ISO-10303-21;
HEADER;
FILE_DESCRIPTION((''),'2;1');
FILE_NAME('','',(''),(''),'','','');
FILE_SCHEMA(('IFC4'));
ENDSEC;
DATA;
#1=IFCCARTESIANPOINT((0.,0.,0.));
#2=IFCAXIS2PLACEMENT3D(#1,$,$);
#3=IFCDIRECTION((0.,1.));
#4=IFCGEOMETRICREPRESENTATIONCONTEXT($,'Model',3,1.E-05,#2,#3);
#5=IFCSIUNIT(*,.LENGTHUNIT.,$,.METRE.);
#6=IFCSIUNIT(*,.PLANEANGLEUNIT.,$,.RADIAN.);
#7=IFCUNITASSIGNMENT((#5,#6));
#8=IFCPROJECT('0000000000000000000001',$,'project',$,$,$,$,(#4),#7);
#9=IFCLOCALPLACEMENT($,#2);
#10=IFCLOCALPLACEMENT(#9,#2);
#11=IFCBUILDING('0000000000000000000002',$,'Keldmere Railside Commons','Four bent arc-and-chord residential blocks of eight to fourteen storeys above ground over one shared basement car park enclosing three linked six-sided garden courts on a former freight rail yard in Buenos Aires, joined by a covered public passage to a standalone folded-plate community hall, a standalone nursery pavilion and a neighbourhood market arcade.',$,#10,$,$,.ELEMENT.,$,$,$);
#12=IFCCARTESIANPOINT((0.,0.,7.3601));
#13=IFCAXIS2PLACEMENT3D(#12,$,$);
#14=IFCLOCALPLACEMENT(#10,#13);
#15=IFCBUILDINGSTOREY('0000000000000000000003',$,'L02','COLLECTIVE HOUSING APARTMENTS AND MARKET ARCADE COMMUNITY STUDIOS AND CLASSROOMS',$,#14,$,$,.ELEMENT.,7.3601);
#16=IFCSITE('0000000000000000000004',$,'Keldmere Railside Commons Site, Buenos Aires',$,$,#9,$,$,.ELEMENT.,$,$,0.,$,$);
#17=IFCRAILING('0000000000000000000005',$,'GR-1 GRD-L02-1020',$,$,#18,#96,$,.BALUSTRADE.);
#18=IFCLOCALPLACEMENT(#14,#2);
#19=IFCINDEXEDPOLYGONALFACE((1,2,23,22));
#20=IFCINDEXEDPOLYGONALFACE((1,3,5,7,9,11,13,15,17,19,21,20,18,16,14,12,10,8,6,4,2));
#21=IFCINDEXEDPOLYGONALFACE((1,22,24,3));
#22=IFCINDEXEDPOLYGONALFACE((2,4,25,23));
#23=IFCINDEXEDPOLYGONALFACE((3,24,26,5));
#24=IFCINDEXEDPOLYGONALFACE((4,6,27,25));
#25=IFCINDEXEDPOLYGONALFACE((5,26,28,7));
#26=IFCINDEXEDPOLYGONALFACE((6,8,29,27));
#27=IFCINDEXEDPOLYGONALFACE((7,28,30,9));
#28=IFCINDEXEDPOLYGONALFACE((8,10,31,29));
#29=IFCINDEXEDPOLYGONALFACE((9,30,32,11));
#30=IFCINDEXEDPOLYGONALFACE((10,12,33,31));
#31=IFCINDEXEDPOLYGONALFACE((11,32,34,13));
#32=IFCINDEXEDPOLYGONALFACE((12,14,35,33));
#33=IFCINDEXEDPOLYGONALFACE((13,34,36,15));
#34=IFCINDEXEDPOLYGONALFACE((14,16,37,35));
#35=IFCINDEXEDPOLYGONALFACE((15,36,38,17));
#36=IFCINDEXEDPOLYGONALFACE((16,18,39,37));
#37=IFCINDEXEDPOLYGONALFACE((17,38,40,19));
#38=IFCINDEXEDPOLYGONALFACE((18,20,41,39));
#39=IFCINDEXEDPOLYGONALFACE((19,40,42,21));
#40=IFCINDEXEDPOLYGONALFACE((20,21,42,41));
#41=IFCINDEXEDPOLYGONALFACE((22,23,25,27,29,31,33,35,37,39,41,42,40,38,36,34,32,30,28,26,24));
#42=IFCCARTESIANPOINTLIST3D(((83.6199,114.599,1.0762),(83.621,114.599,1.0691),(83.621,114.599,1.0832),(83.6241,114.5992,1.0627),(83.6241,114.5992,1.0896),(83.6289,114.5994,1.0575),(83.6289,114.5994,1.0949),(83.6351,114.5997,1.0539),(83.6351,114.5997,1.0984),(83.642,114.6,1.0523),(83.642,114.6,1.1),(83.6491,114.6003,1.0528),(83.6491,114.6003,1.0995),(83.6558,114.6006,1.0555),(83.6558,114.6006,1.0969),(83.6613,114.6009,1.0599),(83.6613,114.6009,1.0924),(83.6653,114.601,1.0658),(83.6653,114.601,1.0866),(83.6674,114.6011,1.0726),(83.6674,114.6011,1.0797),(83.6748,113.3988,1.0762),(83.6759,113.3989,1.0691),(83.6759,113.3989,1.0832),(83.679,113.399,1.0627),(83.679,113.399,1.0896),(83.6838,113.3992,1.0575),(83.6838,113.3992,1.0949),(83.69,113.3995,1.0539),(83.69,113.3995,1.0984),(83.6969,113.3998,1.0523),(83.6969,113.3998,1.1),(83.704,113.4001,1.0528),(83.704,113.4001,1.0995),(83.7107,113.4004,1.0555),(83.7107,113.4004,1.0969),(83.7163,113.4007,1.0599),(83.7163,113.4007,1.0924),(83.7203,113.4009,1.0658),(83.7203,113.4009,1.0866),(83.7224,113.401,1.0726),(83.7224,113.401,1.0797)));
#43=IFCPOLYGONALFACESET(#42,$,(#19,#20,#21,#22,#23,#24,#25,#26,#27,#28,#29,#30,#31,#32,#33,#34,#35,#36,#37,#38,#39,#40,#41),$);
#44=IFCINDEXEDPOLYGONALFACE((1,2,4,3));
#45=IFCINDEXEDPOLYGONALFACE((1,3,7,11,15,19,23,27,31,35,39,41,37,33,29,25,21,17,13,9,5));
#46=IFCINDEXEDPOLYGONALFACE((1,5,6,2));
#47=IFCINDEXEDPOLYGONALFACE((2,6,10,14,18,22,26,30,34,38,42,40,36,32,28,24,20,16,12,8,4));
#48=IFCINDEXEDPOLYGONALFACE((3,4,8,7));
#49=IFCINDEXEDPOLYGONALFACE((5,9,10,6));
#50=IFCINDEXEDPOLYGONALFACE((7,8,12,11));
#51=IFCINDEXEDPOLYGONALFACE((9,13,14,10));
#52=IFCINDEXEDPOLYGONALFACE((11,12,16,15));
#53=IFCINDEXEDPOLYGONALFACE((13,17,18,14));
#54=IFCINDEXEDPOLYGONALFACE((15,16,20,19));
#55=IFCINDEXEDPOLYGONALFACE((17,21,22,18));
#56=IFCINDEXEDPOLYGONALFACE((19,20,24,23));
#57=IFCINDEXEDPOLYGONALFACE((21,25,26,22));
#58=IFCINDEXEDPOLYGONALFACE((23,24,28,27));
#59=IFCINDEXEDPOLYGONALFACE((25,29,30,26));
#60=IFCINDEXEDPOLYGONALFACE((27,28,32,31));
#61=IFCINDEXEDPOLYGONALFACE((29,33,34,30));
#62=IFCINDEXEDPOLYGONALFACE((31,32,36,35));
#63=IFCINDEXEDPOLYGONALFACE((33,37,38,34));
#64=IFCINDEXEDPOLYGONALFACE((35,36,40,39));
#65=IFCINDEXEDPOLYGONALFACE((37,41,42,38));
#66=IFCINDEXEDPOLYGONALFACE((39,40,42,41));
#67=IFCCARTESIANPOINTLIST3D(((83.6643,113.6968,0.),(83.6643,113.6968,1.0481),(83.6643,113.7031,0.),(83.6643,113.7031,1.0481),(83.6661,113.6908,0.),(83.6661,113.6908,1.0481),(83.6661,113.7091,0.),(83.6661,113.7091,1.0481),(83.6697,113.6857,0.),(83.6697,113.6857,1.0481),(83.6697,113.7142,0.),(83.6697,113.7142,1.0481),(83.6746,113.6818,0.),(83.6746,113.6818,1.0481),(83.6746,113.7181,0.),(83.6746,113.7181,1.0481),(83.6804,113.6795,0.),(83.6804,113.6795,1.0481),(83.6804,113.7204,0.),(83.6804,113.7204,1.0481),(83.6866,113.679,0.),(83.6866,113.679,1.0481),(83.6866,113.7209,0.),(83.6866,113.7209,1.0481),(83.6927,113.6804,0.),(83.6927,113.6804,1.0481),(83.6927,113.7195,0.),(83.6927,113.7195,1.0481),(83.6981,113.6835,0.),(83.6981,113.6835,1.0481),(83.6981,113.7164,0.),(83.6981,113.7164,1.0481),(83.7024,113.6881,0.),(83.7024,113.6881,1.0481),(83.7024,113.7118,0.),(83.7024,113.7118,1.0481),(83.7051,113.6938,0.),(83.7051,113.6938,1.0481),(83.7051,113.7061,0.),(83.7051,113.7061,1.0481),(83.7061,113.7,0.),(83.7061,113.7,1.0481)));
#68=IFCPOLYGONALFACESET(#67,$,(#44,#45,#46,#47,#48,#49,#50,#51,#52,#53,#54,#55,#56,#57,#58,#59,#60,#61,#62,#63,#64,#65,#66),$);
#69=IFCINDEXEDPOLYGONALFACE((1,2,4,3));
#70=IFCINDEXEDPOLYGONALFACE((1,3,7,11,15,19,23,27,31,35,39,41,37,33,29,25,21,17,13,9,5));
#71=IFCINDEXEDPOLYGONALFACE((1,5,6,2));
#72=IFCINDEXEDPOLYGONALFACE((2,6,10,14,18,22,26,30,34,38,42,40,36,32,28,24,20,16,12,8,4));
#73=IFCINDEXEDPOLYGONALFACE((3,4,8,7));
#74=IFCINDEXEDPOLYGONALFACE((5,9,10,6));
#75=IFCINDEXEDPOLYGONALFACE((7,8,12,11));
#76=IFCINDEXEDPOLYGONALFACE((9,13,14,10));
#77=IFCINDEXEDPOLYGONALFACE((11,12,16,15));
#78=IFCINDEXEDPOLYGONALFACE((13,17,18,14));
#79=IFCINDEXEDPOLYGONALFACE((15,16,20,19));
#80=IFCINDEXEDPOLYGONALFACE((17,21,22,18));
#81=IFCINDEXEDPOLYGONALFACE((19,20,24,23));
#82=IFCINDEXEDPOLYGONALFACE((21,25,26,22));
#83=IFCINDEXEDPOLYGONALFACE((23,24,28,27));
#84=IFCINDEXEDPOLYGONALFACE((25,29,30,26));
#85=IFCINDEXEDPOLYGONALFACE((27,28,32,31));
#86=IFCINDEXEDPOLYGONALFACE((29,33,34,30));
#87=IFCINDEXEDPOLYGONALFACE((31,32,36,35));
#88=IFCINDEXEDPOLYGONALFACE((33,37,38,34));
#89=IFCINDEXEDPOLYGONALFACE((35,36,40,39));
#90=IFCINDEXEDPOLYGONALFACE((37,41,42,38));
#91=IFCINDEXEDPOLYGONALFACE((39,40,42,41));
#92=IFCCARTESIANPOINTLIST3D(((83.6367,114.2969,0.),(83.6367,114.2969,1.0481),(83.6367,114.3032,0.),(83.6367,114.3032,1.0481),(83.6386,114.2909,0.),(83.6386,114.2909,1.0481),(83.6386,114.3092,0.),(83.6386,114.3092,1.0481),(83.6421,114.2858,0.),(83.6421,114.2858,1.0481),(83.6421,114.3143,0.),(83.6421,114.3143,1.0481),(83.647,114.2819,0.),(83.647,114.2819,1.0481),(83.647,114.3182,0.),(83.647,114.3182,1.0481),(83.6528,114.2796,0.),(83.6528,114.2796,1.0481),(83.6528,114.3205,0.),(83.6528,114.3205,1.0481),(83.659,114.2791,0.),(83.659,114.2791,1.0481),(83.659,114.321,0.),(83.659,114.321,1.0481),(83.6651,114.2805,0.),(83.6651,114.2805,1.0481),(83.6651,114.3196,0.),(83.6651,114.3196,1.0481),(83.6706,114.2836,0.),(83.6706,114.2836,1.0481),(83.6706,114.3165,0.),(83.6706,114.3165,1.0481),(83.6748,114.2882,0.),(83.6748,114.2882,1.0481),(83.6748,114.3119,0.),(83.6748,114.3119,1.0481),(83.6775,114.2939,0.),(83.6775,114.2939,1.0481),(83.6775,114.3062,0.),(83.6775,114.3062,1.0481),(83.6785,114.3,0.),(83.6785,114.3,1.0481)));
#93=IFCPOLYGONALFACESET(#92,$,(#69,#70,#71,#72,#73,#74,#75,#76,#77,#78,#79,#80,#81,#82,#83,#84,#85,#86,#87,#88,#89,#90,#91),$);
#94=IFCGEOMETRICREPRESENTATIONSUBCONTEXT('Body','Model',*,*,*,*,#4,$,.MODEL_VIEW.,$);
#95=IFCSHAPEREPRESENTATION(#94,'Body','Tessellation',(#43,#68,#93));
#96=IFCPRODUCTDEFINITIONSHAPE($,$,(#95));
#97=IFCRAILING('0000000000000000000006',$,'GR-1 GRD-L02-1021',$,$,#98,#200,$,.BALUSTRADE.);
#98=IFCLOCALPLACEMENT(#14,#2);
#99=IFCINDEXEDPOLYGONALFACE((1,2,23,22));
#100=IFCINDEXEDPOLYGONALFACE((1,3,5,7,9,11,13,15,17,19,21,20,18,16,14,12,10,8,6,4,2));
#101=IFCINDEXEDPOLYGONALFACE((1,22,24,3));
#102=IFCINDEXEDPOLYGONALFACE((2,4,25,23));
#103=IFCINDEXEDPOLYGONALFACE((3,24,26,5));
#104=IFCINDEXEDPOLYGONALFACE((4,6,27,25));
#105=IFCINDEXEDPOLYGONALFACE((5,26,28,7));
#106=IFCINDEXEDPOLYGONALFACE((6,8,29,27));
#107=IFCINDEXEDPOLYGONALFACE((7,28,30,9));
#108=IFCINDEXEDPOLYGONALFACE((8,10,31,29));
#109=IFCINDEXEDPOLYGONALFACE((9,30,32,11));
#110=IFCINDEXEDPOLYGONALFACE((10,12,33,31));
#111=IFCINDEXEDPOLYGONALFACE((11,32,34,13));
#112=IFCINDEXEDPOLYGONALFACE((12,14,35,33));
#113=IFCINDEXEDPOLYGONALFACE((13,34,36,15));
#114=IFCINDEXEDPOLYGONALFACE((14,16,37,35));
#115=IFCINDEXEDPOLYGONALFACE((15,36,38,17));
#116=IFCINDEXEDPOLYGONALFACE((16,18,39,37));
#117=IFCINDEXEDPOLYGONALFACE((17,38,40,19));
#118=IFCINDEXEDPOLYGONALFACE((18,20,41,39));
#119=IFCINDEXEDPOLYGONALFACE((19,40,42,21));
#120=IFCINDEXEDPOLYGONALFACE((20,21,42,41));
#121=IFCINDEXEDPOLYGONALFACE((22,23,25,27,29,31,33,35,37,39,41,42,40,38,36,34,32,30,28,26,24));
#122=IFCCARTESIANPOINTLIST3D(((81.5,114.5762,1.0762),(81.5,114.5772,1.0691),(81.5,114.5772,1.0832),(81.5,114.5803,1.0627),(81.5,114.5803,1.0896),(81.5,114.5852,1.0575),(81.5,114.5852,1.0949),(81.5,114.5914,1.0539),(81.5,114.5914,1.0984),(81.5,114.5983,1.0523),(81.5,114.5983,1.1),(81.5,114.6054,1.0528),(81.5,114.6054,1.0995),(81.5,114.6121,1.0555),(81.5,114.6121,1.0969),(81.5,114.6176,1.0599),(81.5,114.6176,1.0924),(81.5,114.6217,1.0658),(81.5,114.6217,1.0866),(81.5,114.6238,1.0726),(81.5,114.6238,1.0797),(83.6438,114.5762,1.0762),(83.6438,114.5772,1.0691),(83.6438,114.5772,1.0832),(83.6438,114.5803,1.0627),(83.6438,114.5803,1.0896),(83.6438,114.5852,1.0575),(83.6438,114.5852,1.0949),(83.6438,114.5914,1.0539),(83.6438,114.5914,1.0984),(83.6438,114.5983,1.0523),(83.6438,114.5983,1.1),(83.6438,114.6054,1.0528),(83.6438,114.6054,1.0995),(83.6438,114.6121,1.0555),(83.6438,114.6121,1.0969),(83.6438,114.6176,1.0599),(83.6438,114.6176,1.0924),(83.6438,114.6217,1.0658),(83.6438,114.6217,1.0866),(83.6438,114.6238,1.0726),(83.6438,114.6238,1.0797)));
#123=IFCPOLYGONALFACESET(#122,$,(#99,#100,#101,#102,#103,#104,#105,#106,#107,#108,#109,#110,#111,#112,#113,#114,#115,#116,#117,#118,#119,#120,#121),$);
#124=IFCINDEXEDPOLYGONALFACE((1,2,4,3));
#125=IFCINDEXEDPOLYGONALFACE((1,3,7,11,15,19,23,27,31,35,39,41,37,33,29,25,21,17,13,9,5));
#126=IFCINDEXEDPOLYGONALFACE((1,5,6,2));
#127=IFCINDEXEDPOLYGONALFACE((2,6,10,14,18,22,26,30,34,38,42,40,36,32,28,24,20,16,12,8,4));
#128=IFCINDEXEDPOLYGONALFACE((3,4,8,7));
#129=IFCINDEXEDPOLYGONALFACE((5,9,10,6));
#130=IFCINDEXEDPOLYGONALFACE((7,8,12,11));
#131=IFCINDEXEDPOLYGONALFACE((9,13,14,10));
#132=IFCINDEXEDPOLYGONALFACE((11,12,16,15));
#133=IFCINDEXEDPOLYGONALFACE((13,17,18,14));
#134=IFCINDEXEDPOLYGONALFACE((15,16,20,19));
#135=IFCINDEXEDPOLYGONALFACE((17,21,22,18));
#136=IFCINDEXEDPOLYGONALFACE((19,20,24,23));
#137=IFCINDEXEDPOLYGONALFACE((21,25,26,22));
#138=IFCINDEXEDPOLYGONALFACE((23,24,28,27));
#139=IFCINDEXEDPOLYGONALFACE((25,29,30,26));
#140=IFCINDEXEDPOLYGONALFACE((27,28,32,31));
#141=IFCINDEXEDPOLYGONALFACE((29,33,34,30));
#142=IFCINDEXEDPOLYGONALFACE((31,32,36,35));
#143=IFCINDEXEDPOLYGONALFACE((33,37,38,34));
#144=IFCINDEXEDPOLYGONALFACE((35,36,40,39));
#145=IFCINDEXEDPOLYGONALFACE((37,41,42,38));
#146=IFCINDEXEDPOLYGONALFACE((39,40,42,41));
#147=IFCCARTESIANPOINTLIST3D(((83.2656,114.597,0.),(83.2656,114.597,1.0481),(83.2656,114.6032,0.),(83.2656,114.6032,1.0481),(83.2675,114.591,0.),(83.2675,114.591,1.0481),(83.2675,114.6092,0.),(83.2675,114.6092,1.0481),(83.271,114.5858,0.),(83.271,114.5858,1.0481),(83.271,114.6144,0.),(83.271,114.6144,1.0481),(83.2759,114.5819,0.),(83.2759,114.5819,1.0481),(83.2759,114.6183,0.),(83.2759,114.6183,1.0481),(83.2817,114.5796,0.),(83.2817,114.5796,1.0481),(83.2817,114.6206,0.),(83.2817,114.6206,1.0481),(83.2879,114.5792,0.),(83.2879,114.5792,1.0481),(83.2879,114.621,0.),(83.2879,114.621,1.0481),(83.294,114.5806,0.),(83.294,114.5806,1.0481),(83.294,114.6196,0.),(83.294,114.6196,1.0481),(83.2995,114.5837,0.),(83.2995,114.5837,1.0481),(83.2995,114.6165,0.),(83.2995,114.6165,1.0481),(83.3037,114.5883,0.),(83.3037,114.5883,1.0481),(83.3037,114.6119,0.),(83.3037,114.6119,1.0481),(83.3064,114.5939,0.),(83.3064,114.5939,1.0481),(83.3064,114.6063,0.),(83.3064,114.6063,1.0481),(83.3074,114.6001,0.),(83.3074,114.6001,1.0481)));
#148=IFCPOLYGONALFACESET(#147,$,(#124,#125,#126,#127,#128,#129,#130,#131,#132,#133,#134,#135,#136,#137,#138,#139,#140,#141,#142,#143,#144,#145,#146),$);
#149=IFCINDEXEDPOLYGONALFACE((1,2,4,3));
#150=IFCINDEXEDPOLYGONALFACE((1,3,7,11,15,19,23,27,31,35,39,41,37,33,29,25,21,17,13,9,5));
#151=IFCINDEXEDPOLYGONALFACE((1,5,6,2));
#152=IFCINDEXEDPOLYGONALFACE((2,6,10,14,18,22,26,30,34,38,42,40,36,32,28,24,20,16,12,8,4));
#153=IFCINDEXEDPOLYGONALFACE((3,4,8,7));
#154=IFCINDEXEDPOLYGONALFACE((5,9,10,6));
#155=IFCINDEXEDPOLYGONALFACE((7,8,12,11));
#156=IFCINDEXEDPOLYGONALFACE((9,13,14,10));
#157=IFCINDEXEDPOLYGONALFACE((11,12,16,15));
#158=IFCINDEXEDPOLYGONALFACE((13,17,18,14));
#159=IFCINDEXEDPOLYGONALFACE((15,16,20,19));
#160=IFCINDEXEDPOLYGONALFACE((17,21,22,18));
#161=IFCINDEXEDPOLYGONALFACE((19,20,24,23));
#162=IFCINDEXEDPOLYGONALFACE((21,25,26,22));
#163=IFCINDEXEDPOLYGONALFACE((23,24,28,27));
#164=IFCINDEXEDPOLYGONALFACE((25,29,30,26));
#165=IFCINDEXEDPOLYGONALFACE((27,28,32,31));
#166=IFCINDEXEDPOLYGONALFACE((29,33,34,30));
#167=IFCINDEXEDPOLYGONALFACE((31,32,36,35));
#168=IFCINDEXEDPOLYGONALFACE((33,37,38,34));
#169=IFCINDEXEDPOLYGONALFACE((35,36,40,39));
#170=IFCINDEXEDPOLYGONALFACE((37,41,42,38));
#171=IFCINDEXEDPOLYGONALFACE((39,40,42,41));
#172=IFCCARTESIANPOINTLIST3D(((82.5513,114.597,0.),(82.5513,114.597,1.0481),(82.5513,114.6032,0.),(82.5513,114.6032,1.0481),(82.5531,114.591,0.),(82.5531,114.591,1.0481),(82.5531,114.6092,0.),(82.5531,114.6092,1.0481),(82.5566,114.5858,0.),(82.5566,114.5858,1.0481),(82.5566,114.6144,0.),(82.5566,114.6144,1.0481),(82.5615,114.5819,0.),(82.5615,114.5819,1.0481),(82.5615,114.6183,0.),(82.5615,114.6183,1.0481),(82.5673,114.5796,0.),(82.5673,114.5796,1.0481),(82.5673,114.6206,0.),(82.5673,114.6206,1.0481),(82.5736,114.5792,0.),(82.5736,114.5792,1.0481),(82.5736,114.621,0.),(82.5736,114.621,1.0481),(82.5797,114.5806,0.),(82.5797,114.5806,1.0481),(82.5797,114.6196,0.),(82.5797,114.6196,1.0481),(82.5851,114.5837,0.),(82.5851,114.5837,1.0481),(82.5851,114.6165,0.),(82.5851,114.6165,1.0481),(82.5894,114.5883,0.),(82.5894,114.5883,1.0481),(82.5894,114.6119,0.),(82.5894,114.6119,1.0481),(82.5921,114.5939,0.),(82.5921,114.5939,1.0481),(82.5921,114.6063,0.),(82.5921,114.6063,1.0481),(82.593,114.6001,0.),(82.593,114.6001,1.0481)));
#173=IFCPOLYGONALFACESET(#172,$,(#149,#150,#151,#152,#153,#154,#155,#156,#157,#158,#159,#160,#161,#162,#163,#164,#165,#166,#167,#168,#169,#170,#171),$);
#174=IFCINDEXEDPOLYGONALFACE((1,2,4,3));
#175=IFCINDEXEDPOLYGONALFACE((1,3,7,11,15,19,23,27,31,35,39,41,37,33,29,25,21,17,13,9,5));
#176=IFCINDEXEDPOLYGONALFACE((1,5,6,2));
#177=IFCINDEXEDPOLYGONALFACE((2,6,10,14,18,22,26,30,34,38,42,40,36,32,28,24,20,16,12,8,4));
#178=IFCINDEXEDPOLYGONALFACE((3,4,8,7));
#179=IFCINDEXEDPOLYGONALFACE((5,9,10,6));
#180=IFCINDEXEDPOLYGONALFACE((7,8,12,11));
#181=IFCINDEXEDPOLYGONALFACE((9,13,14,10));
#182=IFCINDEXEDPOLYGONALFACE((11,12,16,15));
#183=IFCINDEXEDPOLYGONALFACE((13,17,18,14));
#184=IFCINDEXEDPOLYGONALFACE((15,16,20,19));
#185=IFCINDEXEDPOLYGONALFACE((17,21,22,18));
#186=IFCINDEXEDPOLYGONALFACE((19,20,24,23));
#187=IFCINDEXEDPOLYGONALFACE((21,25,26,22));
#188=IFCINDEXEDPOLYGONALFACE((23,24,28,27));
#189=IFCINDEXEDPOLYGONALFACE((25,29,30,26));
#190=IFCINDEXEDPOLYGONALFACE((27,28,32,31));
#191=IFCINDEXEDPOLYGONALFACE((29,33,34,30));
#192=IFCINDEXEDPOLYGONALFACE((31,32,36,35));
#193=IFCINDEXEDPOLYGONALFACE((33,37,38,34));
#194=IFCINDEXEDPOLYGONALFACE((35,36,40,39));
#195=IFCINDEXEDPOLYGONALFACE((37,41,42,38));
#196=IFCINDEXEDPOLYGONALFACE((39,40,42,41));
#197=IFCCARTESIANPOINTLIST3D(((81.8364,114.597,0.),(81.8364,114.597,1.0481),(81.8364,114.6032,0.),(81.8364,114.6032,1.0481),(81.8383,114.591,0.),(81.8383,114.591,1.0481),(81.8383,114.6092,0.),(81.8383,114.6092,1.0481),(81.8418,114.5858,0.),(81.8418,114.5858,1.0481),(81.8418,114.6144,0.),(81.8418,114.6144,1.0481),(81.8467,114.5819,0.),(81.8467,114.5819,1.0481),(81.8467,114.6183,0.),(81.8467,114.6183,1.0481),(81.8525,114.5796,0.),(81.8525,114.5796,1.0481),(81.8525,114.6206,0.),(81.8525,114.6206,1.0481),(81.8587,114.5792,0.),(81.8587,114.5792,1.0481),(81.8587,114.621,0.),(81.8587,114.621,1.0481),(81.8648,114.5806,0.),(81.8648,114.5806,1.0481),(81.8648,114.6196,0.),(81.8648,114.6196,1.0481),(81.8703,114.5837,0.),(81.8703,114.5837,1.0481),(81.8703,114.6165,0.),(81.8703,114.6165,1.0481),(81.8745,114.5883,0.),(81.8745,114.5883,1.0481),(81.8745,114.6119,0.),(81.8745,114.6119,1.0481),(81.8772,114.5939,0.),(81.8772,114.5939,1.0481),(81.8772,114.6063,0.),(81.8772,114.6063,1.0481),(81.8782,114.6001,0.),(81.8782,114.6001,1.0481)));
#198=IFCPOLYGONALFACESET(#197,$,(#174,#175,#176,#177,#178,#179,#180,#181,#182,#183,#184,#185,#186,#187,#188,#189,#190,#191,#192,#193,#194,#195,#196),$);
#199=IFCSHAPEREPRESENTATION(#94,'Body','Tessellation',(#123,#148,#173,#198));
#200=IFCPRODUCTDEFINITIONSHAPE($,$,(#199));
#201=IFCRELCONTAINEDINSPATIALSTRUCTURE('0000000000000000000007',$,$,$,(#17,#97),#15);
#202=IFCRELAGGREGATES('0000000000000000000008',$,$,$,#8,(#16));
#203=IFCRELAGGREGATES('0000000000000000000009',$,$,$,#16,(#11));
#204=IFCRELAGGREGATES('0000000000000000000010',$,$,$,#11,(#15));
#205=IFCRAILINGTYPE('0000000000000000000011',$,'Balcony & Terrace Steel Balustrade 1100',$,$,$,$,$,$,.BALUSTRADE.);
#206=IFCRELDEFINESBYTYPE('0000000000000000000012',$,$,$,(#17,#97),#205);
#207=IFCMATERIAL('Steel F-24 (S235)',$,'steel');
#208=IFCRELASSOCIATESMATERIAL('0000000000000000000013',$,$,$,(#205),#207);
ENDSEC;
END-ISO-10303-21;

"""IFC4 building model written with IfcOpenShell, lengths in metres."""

from ifc_helpers import new_model, si_unit, direction, frame, origin, origin_2d, place, context, subcontext, project, spatial, circle, extrude, material, type_object, element, save


model = new_model("IFC4")

# Units and contexts
model_context = context("Model", 3, precision=1e-05, world=origin(), true_north=direction((0.0, 1.0)))
body_context = subcontext(model_context, "Body", "Model", "MODEL_VIEW")
ifc_project = project(units=[si_unit("LENGTHUNIT", "METRE"), si_unit("PLANEANGLEUNIT", "RADIAN")], contexts=[model_context])

# Site, building, storey
site_placement = place(None, origin())
site = spatial("IfcSite", under=ifc_project, at=site_placement, Name="Keldmere Railside Commons Site, Buenos Aires", CompositionType="ELEMENT", RefElevation=0.0)
building_placement = place(site_placement, origin())
building = spatial("IfcBuilding", under=site, at=building_placement, Name="Keldmere Railside Commons", Description="Four bent arc-and-chord residential blocks of eight to fourteen storeys above ground over one shared basement car park enclosing three linked six-sided garden courts on a former freight rail yard in Buenos Aires, joined by a covered public passage to a standalone folded-plate community hall, a standalone nursery pavilion and a neighbourhood market arcade.", CompositionType="ELEMENT")
storey_placement = place(building_placement, frame((0.0, 0.0, 7.3601)))
storey = spatial("IfcBuildingStorey", under=building, at=storey_placement, Name="L02", Description="COLLECTIVE HOUSING APARTMENTS AND MARKET ARCADE COMMUNITY STUDIOS AND CLASSROOMS", CompositionType="ELEMENT", Elevation=7.3601)

# Railings
ifc_material_1 = material(Name="Steel F-24 (S235)", Category="steel")
railing_type = type_object("IfcRailingType", Name="Balcony & Terrace Steel Balustrade 1100", PredefinedType="BALUSTRADE", material=ifc_material_1)
railing_1_placement = place(storey_placement, frame((83.6987, 113.3999, 0.0)))
element("IfcRailing", 1, at=railing_1_placement, inside=storey, type_object=railing_type, Name="GR-1 GRD-L02-1020", PredefinedType="BALUSTRADE", context=body_context, shape_type="SweptSolid", body=[
    extrude(circle(Radius=0.0239, at=origin_2d()), frame((0.0, 0.0, 1.0762), z_axis=(-0.045721, 0.998954, 0.0), x_axis=(-0.998954, -0.045721, 0.0)), (0.0, 0.0, 1.0), 1.2014),
    extrude(circle(Radius=0.021, at=origin_2d()), frame((-0.0137, 0.3, 0.0)), (0.0, 0.0, 1.0), 1.0481),
    extrude(circle(Radius=0.021, at=origin_2d()), frame((-0.0413, 0.9001, 0.0)), (0.0, 0.0, 1.0), 1.0481),
])
railing_2_placement = place(storey_placement, frame((83.6438, 114.6001, 0.0)))
element("IfcRailing", 2, at=railing_2_placement, inside=storey, type_object=railing_type, Name="GR-1 GRD-L02-1021", PredefinedType="BALUSTRADE", context=body_context, shape_type="SweptSolid", body=[
    extrude(circle(Radius=0.0239, at=origin_2d()), frame((0.0, 0.0, 1.0762), z_axis=(-1.0, 0.0, 0.0), x_axis=(0.0, -1.0, 0.0)), (0.0, 0.0, 1.0), 2.1438),
    extrude(circle(Radius=0.021, at=origin_2d()), frame((-0.3574, 0.0, 0.0)), (0.0, 0.0, 1.0), 1.0481),
    extrude(circle(Radius=0.021, at=origin_2d()), frame((-1.0718, 0.0, 0.0)), (0.0, 0.0, 1.0), 1.0481),
    extrude(circle(Radius=0.021, at=origin_2d()), frame((-1.7866, 0.0, 0.0)), (0.0, 0.0, 1.0), 1.0481),
])

save(model, "model.ifc")
